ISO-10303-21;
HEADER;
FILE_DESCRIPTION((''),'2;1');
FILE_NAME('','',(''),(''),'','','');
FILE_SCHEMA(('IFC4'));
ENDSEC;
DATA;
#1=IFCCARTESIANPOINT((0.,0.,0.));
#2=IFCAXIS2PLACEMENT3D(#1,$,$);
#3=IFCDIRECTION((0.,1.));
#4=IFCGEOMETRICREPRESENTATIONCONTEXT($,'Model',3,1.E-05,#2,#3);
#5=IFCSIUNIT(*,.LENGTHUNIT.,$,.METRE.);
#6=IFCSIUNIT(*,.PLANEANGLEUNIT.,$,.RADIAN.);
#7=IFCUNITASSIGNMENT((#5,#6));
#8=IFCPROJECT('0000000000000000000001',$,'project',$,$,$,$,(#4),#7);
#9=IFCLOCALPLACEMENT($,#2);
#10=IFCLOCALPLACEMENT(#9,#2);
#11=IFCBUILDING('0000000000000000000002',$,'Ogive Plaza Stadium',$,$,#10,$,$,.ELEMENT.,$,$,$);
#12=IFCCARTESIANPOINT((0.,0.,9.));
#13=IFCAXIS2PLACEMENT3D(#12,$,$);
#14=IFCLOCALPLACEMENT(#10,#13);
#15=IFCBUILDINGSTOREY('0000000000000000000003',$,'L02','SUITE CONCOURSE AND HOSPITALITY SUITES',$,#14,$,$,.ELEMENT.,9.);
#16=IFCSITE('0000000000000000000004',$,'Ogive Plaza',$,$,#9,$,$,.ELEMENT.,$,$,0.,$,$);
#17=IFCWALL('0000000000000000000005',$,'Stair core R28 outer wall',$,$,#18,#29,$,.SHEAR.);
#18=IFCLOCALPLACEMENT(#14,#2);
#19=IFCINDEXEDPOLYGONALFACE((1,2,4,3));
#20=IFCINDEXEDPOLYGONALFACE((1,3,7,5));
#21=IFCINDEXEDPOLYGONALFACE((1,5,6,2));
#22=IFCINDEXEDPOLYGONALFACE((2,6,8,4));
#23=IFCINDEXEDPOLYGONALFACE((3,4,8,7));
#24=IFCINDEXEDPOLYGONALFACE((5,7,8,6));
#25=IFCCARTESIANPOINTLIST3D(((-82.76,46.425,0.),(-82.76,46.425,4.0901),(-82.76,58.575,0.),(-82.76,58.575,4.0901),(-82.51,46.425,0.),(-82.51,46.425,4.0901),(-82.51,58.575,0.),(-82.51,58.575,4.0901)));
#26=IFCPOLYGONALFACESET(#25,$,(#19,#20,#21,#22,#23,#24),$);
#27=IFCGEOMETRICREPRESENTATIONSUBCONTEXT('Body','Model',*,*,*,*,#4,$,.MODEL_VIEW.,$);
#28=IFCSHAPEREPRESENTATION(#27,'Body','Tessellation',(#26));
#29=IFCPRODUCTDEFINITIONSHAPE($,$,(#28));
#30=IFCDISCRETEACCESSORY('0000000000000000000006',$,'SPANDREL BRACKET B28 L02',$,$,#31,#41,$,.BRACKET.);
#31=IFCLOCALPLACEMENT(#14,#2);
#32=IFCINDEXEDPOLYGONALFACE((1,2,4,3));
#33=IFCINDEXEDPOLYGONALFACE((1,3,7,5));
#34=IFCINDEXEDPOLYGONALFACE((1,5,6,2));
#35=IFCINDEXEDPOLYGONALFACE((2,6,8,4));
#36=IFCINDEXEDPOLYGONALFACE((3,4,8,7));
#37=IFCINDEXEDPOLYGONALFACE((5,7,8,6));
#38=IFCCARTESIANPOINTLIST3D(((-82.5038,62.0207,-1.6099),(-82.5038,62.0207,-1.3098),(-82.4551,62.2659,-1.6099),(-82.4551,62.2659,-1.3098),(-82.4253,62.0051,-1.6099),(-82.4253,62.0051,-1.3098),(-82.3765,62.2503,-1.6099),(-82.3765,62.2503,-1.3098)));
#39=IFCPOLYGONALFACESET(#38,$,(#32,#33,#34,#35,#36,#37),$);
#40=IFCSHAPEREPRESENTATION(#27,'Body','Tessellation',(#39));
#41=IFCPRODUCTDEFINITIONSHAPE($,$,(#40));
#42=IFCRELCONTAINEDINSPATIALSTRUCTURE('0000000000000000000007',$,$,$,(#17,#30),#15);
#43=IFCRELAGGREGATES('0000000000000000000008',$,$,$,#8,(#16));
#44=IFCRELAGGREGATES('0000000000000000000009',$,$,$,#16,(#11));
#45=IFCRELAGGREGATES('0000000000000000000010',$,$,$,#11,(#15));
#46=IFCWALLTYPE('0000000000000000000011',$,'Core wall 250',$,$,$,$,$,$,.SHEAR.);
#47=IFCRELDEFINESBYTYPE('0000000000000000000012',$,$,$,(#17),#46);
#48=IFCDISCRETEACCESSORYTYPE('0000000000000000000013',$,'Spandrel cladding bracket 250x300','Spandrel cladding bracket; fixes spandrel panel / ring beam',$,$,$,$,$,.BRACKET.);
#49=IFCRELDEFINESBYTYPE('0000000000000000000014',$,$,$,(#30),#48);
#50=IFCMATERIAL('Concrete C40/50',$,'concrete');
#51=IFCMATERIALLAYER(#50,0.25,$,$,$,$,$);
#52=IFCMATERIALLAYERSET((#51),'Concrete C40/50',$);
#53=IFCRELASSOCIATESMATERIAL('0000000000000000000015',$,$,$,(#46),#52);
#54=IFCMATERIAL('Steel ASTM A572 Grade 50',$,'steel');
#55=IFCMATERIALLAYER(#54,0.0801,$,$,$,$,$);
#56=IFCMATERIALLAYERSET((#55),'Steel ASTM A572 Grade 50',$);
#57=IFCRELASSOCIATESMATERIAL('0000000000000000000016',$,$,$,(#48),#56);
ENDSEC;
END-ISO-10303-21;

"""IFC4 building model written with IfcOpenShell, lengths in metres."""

from ifc_helpers import new_model, si_unit, direction, frame, frame_2d, origin, origin_2d, place, context, subcontext, project, spatial, rectangle, extrude, material, layer, layer_set, type_object, element, save


model = new_model("IFC4")

# Units and contexts
model_context = context("Model", 3, precision=1e-05, world=origin(), true_north=direction((0.0, 1.0)))
body_context = subcontext(model_context, "Body", "Model", "MODEL_VIEW")
ifc_project = project(units=[si_unit("LENGTHUNIT", "METRE"), si_unit("PLANEANGLEUNIT", "RADIAN")], contexts=[model_context])

# Site, building, storey
site_placement = place(None, origin())
site = spatial("IfcSite", under=ifc_project, at=site_placement, Name="Ogive Plaza", CompositionType="ELEMENT", RefElevation=0.0)
building_placement = place(site_placement, origin())
building = spatial("IfcBuilding", under=site, at=building_placement, Name="Ogive Plaza Stadium", CompositionType="ELEMENT")
storey_placement = place(building_placement, frame((0.0, 0.0, 9.0)))
storey = spatial("IfcBuildingStorey", under=building, at=storey_placement, Name="L02", Description="SUITE CONCOURSE AND HOSPITALITY SUITES", CompositionType="ELEMENT", Elevation=9.0)

# Wall
ifc_material_1 = material(Name="Concrete C40/50", Category="concrete")
ifc_layer_1 = layer(ifc_material_1, 0.25)
ifc_layer_set_1 = layer_set([ifc_layer_1], Name="Concrete C40/50")
wall_type = type_object("IfcWallType", Name="Core wall 250", PredefinedType="SHEAR", material=ifc_layer_set_1)
wall_placement = place(storey_placement, frame((-82.635, 58.575, 0.0), z_axis=(0.0, 0.0, 1.0), x_axis=(0.0, -1.0, 0.0)))
element("IfcWall", 1, at=wall_placement, inside=storey, type_object=wall_type, Name="Stair core R28 outer wall", PredefinedType="SHEAR", context=body_context, shape_type="SweptSolid", body=[
    extrude(rectangle(XDim=12.1499, YDim=0.25, at=frame_2d((6.075, 0.0))), origin(), (0.0, 0.0, 1.0), 4.0901),
])

# Discrete accessory
ifc_material_2 = material(Name="Steel ASTM A572 Grade 50", Category="steel")
ifc_layer_2 = layer(ifc_material_2, 0.0801)
ifc_layer_set_2 = layer_set([ifc_layer_2], Name="Steel ASTM A572 Grade 50")
discrete_accessory_type = type_object("IfcDiscreteAccessoryType", Name="Spandrel cladding bracket 250x300", Description="Spandrel cladding bracket; fixes spandrel panel / ring beam", PredefinedType="BRACKET", material=ifc_layer_set_2)
discrete_accessory_placement = place(storey_placement, frame((-82.4402, 62.1355, -1.6099), z_axis=(0.0, 0.0, 1.0), x_axis=(0.19509, 0.980785, 0.0)))
element("IfcDiscreteAccessory", 2, at=discrete_accessory_placement, inside=storey, type_object=discrete_accessory_type, Name="SPANDREL BRACKET B28 L02", PredefinedType="BRACKET", context=body_context, shape_type="SweptSolid", body=[
    extrude(rectangle(XDim=0.25, YDim=0.0801, at=origin_2d()), origin(), (0.0, 0.0, 1.0), 0.3),
])

save(model, "model.ifc")
